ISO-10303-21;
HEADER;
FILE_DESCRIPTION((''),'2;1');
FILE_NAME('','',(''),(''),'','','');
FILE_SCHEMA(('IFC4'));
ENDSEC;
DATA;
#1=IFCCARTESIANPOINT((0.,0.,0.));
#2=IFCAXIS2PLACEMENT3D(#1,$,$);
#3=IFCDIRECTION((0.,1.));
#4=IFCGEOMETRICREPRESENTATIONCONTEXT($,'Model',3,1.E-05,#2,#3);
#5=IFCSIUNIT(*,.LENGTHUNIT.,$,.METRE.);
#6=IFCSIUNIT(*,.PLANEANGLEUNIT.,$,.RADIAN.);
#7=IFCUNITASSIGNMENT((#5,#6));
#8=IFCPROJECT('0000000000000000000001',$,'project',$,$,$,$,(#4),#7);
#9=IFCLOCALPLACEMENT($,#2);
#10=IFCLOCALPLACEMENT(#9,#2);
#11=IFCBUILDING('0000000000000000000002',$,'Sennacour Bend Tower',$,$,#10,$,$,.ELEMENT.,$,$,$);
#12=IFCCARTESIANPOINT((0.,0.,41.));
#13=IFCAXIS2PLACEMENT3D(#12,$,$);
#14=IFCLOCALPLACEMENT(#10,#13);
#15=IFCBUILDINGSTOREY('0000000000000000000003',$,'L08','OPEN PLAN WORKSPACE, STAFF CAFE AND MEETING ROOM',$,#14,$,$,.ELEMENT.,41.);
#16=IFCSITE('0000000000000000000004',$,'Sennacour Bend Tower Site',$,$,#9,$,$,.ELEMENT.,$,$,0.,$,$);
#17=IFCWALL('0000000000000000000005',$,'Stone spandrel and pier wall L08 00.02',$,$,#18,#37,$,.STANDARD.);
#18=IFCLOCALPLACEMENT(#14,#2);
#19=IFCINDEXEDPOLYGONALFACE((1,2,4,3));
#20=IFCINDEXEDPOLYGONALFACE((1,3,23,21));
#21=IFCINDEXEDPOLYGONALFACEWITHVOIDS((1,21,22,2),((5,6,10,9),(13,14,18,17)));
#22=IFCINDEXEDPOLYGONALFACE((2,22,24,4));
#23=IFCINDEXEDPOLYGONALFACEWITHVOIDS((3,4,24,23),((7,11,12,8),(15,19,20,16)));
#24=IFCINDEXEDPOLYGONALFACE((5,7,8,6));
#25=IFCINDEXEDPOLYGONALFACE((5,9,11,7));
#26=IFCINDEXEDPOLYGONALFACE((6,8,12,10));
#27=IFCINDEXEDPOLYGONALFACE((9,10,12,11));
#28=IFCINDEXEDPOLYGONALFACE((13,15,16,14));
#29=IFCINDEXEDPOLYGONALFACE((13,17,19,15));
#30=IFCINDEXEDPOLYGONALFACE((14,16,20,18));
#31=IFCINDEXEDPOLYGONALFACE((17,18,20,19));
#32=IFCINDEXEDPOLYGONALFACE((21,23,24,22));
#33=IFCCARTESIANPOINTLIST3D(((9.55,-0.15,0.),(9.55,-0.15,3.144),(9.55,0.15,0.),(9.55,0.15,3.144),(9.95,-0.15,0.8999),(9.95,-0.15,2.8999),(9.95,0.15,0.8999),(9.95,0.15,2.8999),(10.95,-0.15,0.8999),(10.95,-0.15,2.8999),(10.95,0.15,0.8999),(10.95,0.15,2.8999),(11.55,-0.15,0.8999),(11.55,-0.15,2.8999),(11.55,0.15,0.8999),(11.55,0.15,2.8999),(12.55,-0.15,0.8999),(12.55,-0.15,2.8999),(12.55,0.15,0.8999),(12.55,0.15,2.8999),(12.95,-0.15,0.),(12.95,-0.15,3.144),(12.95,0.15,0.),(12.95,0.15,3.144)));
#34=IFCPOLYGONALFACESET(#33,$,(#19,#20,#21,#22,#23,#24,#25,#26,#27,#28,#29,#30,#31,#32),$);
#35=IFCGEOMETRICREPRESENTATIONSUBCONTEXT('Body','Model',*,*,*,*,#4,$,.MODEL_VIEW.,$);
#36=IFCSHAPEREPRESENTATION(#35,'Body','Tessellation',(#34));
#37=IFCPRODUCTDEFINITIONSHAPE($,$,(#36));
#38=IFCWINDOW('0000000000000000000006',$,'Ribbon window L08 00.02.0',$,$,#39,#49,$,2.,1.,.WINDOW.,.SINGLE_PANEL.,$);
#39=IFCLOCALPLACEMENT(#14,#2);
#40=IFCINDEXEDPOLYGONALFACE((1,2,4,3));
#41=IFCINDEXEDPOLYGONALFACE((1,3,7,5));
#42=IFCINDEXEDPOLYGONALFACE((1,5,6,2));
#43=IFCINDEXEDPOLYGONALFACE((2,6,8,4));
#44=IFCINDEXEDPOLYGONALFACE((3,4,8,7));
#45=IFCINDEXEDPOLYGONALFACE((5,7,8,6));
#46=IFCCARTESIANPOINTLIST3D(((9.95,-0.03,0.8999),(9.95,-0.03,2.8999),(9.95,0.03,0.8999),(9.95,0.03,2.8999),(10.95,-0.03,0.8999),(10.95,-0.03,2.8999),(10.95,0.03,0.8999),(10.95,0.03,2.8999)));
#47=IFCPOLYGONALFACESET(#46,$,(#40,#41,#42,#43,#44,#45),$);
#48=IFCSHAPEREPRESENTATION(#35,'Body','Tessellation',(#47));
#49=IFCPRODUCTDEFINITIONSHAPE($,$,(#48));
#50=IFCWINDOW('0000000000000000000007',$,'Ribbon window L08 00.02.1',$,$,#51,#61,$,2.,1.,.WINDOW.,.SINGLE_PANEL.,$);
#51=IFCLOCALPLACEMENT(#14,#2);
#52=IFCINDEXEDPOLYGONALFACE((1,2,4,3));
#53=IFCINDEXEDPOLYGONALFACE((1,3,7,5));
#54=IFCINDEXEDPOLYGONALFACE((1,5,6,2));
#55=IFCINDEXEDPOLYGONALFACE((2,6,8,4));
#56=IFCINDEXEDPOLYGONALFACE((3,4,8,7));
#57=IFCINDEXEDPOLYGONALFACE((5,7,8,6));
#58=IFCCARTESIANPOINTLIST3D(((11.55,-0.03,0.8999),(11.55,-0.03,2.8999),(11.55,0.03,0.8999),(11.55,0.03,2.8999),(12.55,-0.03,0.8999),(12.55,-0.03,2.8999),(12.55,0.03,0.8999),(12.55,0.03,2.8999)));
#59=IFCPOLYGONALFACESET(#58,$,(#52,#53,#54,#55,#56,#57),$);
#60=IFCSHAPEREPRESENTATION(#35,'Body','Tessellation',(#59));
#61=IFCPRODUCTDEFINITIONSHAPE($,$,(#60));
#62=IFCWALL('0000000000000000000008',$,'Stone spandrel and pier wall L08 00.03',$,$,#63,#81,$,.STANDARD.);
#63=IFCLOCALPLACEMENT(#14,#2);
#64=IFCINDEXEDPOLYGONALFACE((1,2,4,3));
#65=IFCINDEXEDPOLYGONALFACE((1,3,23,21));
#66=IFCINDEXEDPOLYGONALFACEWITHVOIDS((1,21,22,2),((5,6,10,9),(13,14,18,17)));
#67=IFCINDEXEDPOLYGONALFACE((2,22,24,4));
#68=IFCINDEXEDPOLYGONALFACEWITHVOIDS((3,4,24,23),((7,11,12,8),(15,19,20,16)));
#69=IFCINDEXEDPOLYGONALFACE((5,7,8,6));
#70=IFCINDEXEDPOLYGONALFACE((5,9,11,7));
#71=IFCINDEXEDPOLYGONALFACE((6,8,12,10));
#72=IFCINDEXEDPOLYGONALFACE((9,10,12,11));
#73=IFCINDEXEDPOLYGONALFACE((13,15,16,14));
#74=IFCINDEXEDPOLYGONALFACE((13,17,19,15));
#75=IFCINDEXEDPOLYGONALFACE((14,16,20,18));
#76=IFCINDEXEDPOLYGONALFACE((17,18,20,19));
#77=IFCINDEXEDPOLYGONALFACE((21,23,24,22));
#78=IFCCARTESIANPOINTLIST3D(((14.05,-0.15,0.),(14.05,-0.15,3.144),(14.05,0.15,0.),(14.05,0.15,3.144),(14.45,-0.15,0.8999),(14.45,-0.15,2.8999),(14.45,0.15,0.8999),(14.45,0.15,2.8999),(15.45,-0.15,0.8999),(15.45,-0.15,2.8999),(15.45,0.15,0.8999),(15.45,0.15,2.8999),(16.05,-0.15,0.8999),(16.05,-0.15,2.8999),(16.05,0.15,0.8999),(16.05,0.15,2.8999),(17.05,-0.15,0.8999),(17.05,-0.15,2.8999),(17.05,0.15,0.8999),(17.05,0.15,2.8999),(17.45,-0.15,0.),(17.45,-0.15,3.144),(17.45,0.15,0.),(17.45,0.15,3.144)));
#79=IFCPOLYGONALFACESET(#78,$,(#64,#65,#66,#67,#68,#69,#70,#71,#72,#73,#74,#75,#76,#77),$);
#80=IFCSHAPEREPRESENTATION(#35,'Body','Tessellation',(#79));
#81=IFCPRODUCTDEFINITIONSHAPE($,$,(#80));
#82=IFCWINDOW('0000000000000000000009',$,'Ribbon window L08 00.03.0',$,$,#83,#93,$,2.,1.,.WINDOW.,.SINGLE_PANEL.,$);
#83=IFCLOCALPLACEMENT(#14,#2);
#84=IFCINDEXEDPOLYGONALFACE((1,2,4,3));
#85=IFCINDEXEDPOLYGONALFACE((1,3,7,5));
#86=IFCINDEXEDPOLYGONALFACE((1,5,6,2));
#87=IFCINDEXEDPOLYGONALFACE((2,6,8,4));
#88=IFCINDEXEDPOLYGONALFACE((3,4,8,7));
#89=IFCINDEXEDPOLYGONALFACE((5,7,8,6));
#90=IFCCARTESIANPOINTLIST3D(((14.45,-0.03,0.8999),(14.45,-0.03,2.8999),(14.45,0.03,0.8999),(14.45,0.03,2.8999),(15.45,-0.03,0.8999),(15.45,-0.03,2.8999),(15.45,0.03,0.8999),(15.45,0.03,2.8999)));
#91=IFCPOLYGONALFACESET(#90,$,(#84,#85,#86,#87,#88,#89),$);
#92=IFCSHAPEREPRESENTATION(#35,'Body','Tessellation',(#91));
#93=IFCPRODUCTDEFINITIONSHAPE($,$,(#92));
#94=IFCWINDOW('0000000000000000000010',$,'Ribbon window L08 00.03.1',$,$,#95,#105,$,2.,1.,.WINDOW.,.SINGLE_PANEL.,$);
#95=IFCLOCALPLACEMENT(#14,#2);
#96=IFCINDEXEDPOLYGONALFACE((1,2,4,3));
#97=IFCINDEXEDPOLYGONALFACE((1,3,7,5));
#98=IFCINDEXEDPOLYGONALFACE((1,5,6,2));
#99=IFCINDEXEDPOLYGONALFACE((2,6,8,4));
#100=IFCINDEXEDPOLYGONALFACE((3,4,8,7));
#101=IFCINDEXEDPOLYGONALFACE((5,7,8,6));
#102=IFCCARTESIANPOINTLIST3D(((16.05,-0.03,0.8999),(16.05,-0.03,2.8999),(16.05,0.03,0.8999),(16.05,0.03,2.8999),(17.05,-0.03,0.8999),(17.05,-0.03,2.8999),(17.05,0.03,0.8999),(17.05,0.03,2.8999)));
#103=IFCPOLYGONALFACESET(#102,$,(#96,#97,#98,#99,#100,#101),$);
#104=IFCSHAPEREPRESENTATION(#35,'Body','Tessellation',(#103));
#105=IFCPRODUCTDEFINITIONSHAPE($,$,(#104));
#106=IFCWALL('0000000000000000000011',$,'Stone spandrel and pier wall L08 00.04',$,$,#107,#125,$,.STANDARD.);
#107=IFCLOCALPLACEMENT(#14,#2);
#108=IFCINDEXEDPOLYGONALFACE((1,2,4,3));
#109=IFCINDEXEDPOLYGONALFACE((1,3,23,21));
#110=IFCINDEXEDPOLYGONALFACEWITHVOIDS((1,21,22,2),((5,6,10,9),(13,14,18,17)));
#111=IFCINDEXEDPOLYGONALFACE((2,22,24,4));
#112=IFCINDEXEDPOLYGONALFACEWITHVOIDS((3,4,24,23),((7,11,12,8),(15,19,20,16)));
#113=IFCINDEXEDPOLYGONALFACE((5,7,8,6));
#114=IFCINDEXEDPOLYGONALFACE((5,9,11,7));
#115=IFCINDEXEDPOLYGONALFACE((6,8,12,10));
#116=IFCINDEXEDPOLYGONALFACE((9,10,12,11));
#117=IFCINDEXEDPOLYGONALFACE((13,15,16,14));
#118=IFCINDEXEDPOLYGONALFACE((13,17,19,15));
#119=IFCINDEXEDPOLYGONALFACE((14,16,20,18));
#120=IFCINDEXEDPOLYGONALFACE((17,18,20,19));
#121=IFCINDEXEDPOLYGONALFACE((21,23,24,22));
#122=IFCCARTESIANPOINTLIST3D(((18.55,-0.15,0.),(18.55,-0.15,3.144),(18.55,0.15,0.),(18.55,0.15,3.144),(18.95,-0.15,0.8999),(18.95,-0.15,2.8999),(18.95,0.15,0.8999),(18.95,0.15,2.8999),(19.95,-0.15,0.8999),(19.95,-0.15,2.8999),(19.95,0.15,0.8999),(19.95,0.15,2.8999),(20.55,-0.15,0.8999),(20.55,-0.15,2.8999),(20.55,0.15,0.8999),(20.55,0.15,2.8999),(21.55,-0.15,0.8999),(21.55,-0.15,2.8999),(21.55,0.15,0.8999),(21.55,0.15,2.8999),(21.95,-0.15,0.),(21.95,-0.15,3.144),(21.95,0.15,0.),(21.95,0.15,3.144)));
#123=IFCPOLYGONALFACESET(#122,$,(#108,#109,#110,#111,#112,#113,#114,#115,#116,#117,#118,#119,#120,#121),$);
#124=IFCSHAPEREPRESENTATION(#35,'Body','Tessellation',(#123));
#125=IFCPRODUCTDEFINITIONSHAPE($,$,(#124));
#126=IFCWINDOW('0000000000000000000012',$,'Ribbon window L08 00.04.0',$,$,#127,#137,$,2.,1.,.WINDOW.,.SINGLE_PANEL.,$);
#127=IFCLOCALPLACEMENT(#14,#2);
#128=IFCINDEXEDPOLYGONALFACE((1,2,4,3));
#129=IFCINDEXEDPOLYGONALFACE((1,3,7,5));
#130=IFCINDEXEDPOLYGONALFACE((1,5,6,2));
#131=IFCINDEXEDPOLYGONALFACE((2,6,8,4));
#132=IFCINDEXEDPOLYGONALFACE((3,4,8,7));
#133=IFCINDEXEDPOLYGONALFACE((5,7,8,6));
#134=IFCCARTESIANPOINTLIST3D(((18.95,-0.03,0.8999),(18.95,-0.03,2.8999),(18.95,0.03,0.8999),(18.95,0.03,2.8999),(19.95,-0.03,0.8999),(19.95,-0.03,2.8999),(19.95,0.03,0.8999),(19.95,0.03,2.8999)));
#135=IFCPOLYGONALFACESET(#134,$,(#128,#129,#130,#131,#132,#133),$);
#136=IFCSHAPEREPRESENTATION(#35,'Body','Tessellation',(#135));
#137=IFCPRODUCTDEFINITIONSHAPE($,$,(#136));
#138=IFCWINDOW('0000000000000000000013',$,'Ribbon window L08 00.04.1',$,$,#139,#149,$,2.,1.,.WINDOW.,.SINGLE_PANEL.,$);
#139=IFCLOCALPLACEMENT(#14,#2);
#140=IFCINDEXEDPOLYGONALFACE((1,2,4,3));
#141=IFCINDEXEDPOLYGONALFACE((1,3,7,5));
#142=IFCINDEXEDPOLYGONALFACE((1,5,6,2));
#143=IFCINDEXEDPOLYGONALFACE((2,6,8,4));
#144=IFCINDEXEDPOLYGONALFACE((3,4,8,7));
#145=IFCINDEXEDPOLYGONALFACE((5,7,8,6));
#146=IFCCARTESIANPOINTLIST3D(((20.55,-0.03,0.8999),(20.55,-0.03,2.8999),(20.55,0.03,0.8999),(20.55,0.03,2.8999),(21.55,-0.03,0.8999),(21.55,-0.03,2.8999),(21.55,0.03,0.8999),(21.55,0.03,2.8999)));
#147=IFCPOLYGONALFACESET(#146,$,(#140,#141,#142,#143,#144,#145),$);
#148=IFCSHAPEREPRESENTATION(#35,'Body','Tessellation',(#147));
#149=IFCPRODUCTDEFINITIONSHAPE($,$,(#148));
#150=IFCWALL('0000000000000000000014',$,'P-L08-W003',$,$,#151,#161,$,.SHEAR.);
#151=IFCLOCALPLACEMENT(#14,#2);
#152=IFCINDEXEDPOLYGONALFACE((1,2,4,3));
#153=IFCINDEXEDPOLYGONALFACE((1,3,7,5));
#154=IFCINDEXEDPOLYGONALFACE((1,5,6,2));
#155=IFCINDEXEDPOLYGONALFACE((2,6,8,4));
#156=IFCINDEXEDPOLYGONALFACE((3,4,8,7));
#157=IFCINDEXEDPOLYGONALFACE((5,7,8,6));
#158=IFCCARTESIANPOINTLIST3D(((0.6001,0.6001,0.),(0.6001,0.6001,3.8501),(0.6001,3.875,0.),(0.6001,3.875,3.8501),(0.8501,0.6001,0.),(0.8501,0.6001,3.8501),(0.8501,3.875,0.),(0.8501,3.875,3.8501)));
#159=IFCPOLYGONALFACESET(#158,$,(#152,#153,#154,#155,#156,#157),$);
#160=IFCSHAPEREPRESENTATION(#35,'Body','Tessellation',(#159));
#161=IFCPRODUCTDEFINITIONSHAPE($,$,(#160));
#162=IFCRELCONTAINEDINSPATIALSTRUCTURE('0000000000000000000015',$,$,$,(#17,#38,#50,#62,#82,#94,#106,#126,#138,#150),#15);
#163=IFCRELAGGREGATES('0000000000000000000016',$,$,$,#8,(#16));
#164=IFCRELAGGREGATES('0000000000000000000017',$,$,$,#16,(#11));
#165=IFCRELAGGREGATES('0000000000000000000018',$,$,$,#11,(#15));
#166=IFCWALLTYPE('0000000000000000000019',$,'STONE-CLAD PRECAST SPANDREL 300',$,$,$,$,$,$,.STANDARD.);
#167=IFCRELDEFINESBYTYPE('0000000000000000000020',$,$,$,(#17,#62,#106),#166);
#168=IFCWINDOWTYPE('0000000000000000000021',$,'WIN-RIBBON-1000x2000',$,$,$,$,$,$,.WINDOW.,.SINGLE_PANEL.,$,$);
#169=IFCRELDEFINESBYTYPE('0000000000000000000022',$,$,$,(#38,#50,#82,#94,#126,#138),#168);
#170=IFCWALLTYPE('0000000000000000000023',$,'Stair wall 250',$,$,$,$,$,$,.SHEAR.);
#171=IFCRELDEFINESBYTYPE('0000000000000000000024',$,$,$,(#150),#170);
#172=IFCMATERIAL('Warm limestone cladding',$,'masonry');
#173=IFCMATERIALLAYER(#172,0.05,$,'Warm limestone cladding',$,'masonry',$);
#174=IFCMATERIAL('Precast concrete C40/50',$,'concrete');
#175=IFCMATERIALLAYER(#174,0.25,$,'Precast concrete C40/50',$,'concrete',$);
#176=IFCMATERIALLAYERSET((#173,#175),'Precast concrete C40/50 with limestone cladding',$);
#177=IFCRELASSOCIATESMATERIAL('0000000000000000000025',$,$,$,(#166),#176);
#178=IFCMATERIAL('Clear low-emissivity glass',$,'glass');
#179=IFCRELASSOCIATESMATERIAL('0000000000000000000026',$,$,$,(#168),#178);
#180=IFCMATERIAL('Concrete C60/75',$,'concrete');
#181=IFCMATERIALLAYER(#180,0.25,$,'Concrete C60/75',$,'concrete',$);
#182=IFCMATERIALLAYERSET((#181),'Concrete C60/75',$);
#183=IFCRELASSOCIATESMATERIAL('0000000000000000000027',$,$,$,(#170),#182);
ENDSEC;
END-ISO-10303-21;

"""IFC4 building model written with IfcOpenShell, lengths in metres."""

from ifc_helpers import new_model, si_unit, direction, frame, frame_2d, origin, place, context, subcontext, project, spatial, rectangle, extrude, material, layer, layer_set, type_object, element, fill, save


model = new_model("IFC4")

# Units and contexts
model_context = context("Model", 3, precision=1e-05, world=origin(), true_north=direction((0.0, 1.0)))
body_context = subcontext(model_context, "Body", "Model", "MODEL_VIEW")
ifc_project = project(units=[si_unit("LENGTHUNIT", "METRE"), si_unit("PLANEANGLEUNIT", "RADIAN")], contexts=[model_context])

# Site, building, storey
site_placement = place(None, origin())
site = spatial("IfcSite", under=ifc_project, at=site_placement, Name="Sennacour Bend Tower Site", CompositionType="ELEMENT", RefElevation=0.0)
building_placement = place(site_placement, origin())
building = spatial("IfcBuilding", under=site, at=building_placement, Name="Sennacour Bend Tower", CompositionType="ELEMENT")
storey_placement = place(building_placement, frame((0.0, 0.0, 41.0)))
storey = spatial("IfcBuildingStorey", under=building, at=storey_placement, Name="L08", Description="OPEN PLAN WORKSPACE, STAFF CAFE AND MEETING ROOM", CompositionType="ELEMENT", Elevation=41.0)

# Walls, openings, windows
ifc_material_1 = material(Name="Warm limestone cladding", Category="masonry")
ifc_layer_1 = layer(ifc_material_1, 0.05, Name="Warm limestone cladding", Category="masonry")
ifc_material_2 = material(Name="Precast concrete C40/50", Category="concrete")
ifc_layer_2 = layer(ifc_material_2, 0.25, Name="Precast concrete C40/50", Category="concrete")
ifc_layer_set_1 = layer_set([ifc_layer_1, ifc_layer_2], Name="Precast concrete C40/50 with limestone cladding")
wall_type_1 = type_object("IfcWallType", Name="STONE-CLAD PRECAST SPANDREL 300", PredefinedType="STANDARD", material=ifc_layer_set_1)
ifc_material_3 = material(Name="Clear low-emissivity glass", Category="glass")
window_type = type_object("IfcWindowType", Name="WIN-RIBBON-1000x2000", PartitioningType="SINGLE_PANEL", PredefinedType="WINDOW", material=ifc_material_3)
wall_1_placement = place(storey_placement, frame((9.55, 0.0, 0.0), z_axis=(0.0, 0.0, 1.0), x_axis=(1.0, 0.0, 0.0)))
wall_1 = element("IfcWall", 1, at=wall_1_placement, inside=storey, type_object=wall_type_1, Name="Stone spandrel and pier wall L08 00.02", PredefinedType="STANDARD", context=body_context, shape_type="SweptSolid", body=[
    extrude(rectangle(XDim=3.3999, YDim=0.3, at=frame_2d((1.7, 0.0))), origin(), (0.0, 0.0, 1.0), 3.144),
])
opening_1_placement = place(wall_1_placement, frame((0.3999, 0.0, 0.8999)))
opening_1 = element("IfcOpeningElement", 2, at=opening_1_placement, cuts=wall_1, PredefinedType="OPENING", context=body_context, shape_type="SweptSolid", body=[
    extrude(rectangle(XDim=1.0, YDim=2.0, at=frame_2d((0.5, 1.0))), frame((0.0, 0.1602, 0.0), z_axis=(0.0, -1.0, 0.0), x_axis=(1.0, 0.0, 0.0)), (0.0, 0.0, 1.0), 0.3201),
])
opening_2_placement = place(wall_1_placement, frame((2.0, 0.0, 0.8999)))
opening_2 = element("IfcOpeningElement", 3, at=opening_2_placement, cuts=wall_1, PredefinedType="OPENING", context=body_context, shape_type="SweptSolid", body=[
    extrude(rectangle(XDim=1.0, YDim=2.0, at=frame_2d((0.5, 1.0))), frame((0.0, 0.1602, 0.0), z_axis=(0.0, -1.0, 0.0), x_axis=(1.0, 0.0, 0.0)), (0.0, 0.0, 1.0), 0.3201),
])
window_1_placement = place(opening_1_placement, origin())
window_1 = element("IfcWindow", 4, at=window_1_placement, inside=storey, type_object=window_type, Name="Ribbon window L08 00.02.0", OverallHeight=2.0, OverallWidth=1.0, PartitioningType="SINGLE_PANEL", PredefinedType="WINDOW", context=body_context, shape_type="SweptSolid", body=[
    extrude(rectangle(XDim=1.0, YDim=2.0, at=frame_2d((0.5, 1.0))), frame((0.0, 0.03, 0.0), z_axis=(0.0, -1.0, 0.0), x_axis=(1.0, 0.0, 0.0)), (0.0, 0.0, 1.0), 0.0601),
])
fill(opening_1, window_1)
window_2_placement = place(opening_2_placement, origin())
window_2 = element("IfcWindow", 5, at=window_2_placement, inside=storey, type_object=window_type, Name="Ribbon window L08 00.02.1", OverallHeight=2.0, OverallWidth=1.0, PartitioningType="SINGLE_PANEL", PredefinedType="WINDOW", context=body_context, shape_type="SweptSolid", body=[
    extrude(rectangle(XDim=1.0, YDim=2.0, at=frame_2d((0.5, 1.0))), frame((0.0, 0.03, 0.0), z_axis=(0.0, -1.0, 0.0), x_axis=(1.0, 0.0, 0.0)), (0.0, 0.0, 1.0), 0.0601),
])
fill(opening_2, window_2)
wall_2_placement = place(storey_placement, frame((14.05, 0.0, 0.0), z_axis=(0.0, 0.0, 1.0), x_axis=(1.0, 0.0, 0.0)))
wall_2 = element("IfcWall", 6, at=wall_2_placement, inside=storey, type_object=wall_type_1, Name="Stone spandrel and pier wall L08 00.03", PredefinedType="STANDARD", context=body_context, shape_type="SweptSolid", body=[
    extrude(rectangle(XDim=3.3999, YDim=0.3, at=frame_2d((1.7, 0.0))), origin(), (0.0, 0.0, 1.0), 3.144),
])
opening_3_placement = place(wall_2_placement, frame((0.3999, 0.0, 0.8999)))
opening_3 = element("IfcOpeningElement", 7, at=opening_3_placement, cuts=wall_2, PredefinedType="OPENING", context=body_context, shape_type="SweptSolid", body=[
    extrude(rectangle(XDim=1.0, YDim=2.0, at=frame_2d((0.5, 1.0))), frame((0.0, 0.1602, 0.0), z_axis=(0.0, -1.0, 0.0), x_axis=(1.0, 0.0, 0.0)), (0.0, 0.0, 1.0), 0.3201),
])
opening_4_placement = place(wall_2_placement, frame((2.0, 0.0, 0.8999)))
opening_4 = element("IfcOpeningElement", 8, at=opening_4_placement, cuts=wall_2, PredefinedType="OPENING", context=body_context, shape_type="SweptSolid", body=[
    extrude(rectangle(XDim=1.0, YDim=2.0, at=frame_2d((0.5, 1.0))), frame((0.0, 0.1602, 0.0), z_axis=(0.0, -1.0, 0.0), x_axis=(1.0, 0.0, 0.0)), (0.0, 0.0, 1.0), 0.3201),
])
window_3_placement = place(opening_3_placement, origin())
window_3 = element("IfcWindow", 9, at=window_3_placement, inside=storey, type_object=window_type, Name="Ribbon window L08 00.03.0", OverallHeight=2.0, OverallWidth=1.0, PartitioningType="SINGLE_PANEL", PredefinedType="WINDOW", context=body_context, shape_type="SweptSolid", body=[
    extrude(rectangle(XDim=1.0, YDim=2.0, at=frame_2d((0.5, 1.0))), frame((0.0, 0.03, 0.0), z_axis=(0.0, -1.0, 0.0), x_axis=(1.0, 0.0, 0.0)), (0.0, 0.0, 1.0), 0.0601),
])
fill(opening_3, window_3)
window_4_placement = place(opening_4_placement, origin())
window_4 = element("IfcWindow", 10, at=window_4_placement, inside=storey, type_object=window_type, Name="Ribbon window L08 00.03.1", OverallHeight=2.0, OverallWidth=1.0, PartitioningType="SINGLE_PANEL", PredefinedType="WINDOW", context=body_context, shape_type="SweptSolid", body=[
    extrude(rectangle(XDim=1.0, YDim=2.0, at=frame_2d((0.5, 1.0))), frame((0.0, 0.03, 0.0), z_axis=(0.0, -1.0, 0.0), x_axis=(1.0, 0.0, 0.0)), (0.0, 0.0, 1.0), 0.0601),
])
fill(opening_4, window_4)
wall_3_placement = place(storey_placement, frame((18.55, 0.0, 0.0), z_axis=(0.0, 0.0, 1.0), x_axis=(1.0, 0.0, 0.0)))
wall_3 = element("IfcWall", 11, at=wall_3_placement, inside=storey, type_object=wall_type_1, Name="Stone spandrel and pier wall L08 00.04", PredefinedType="STANDARD", context=body_context, shape_type="SweptSolid", body=[
    extrude(rectangle(XDim=3.3999, YDim=0.3, at=frame_2d((1.7, 0.0))), origin(), (0.0, 0.0, 1.0), 3.144),
])
opening_5_placement = place(wall_3_placement, frame((0.3999, 0.0, 0.8999)))
opening_5 = element("IfcOpeningElement", 12, at=opening_5_placement, cuts=wall_3, PredefinedType="OPENING", context=body_context, shape_type="SweptSolid", body=[
    extrude(rectangle(XDim=1.0, YDim=2.0, at=frame_2d((0.5, 1.0))), frame((0.0, 0.1602, 0.0), z_axis=(0.0, -1.0, 0.0), x_axis=(1.0, 0.0, 0.0)), (0.0, 0.0, 1.0), 0.3201),
])
opening_6_placement = place(wall_3_placement, frame((2.0, 0.0, 0.8999)))
opening_6 = element("IfcOpeningElement", 13, at=opening_6_placement, cuts=wall_3, PredefinedType="OPENING", context=body_context, shape_type="SweptSolid", body=[
    extrude(rectangle(XDim=1.0, YDim=2.0, at=frame_2d((0.5, 1.0))), frame((0.0, 0.1602, 0.0), z_axis=(0.0, -1.0, 0.0), x_axis=(1.0, 0.0, 0.0)), (0.0, 0.0, 1.0), 0.3201),
])
window_5_placement = place(opening_5_placement, origin())
window_5 = element("IfcWindow", 14, at=window_5_placement, inside=storey, type_object=window_type, Name="Ribbon window L08 00.04.0", OverallHeight=2.0, OverallWidth=1.0, PartitioningType="SINGLE_PANEL", PredefinedType="WINDOW", context=body_context, shape_type="SweptSolid", body=[
    extrude(rectangle(XDim=1.0, YDim=2.0, at=frame_2d((0.5, 1.0))), frame((0.0, 0.03, 0.0), z_axis=(0.0, -1.0, 0.0), x_axis=(1.0, 0.0, 0.0)), (0.0, 0.0, 1.0), 0.0601),
])
fill(opening_5, window_5)
window_6_placement = place(opening_6_placement, origin())
window_6 = element("IfcWindow", 15, at=window_6_placement, inside=storey, type_object=window_type, Name="Ribbon window L08 00.04.1", OverallHeight=2.0, OverallWidth=1.0, PartitioningType="SINGLE_PANEL", PredefinedType="WINDOW", context=body_context, shape_type="SweptSolid", body=[
    extrude(rectangle(XDim=1.0, YDim=2.0, at=frame_2d((0.5, 1.0))), frame((0.0, 0.03, 0.0), z_axis=(0.0, -1.0, 0.0), x_axis=(1.0, 0.0, 0.0)), (0.0, 0.0, 1.0), 0.0601),
])
fill(opening_6, window_6)

# Wall
ifc_material_4 = material(Name="Concrete C60/75", Category="concrete")
ifc_layer_3 = layer(ifc_material_4, 0.25, Name="Concrete C60/75", Category="concrete")
ifc_layer_set_2 = layer_set([ifc_layer_3], Name="Concrete C60/75")
wall_type_2 = type_object("IfcWallType", Name="Stair wall 250", PredefinedType="SHEAR", material=ifc_layer_set_2)
wall_4_placement = place(storey_placement, frame((0.7251, 0.6001, 0.0), z_axis=(0.0, 0.0, 1.0), x_axis=(0.0, 1.0, 0.0)))
element("IfcWall", 16, at=wall_4_placement, inside=storey, type_object=wall_type_2, Name="P-L08-W003", PredefinedType="SHEAR", context=body_context, shape_type="SweptSolid", body=[
    extrude(rectangle(XDim=3.2749, YDim=0.25, at=frame_2d((1.6375, 0.0))), origin(), (0.0, 0.0, 1.0), 3.8501),
])

save(model, "model.ifc")
